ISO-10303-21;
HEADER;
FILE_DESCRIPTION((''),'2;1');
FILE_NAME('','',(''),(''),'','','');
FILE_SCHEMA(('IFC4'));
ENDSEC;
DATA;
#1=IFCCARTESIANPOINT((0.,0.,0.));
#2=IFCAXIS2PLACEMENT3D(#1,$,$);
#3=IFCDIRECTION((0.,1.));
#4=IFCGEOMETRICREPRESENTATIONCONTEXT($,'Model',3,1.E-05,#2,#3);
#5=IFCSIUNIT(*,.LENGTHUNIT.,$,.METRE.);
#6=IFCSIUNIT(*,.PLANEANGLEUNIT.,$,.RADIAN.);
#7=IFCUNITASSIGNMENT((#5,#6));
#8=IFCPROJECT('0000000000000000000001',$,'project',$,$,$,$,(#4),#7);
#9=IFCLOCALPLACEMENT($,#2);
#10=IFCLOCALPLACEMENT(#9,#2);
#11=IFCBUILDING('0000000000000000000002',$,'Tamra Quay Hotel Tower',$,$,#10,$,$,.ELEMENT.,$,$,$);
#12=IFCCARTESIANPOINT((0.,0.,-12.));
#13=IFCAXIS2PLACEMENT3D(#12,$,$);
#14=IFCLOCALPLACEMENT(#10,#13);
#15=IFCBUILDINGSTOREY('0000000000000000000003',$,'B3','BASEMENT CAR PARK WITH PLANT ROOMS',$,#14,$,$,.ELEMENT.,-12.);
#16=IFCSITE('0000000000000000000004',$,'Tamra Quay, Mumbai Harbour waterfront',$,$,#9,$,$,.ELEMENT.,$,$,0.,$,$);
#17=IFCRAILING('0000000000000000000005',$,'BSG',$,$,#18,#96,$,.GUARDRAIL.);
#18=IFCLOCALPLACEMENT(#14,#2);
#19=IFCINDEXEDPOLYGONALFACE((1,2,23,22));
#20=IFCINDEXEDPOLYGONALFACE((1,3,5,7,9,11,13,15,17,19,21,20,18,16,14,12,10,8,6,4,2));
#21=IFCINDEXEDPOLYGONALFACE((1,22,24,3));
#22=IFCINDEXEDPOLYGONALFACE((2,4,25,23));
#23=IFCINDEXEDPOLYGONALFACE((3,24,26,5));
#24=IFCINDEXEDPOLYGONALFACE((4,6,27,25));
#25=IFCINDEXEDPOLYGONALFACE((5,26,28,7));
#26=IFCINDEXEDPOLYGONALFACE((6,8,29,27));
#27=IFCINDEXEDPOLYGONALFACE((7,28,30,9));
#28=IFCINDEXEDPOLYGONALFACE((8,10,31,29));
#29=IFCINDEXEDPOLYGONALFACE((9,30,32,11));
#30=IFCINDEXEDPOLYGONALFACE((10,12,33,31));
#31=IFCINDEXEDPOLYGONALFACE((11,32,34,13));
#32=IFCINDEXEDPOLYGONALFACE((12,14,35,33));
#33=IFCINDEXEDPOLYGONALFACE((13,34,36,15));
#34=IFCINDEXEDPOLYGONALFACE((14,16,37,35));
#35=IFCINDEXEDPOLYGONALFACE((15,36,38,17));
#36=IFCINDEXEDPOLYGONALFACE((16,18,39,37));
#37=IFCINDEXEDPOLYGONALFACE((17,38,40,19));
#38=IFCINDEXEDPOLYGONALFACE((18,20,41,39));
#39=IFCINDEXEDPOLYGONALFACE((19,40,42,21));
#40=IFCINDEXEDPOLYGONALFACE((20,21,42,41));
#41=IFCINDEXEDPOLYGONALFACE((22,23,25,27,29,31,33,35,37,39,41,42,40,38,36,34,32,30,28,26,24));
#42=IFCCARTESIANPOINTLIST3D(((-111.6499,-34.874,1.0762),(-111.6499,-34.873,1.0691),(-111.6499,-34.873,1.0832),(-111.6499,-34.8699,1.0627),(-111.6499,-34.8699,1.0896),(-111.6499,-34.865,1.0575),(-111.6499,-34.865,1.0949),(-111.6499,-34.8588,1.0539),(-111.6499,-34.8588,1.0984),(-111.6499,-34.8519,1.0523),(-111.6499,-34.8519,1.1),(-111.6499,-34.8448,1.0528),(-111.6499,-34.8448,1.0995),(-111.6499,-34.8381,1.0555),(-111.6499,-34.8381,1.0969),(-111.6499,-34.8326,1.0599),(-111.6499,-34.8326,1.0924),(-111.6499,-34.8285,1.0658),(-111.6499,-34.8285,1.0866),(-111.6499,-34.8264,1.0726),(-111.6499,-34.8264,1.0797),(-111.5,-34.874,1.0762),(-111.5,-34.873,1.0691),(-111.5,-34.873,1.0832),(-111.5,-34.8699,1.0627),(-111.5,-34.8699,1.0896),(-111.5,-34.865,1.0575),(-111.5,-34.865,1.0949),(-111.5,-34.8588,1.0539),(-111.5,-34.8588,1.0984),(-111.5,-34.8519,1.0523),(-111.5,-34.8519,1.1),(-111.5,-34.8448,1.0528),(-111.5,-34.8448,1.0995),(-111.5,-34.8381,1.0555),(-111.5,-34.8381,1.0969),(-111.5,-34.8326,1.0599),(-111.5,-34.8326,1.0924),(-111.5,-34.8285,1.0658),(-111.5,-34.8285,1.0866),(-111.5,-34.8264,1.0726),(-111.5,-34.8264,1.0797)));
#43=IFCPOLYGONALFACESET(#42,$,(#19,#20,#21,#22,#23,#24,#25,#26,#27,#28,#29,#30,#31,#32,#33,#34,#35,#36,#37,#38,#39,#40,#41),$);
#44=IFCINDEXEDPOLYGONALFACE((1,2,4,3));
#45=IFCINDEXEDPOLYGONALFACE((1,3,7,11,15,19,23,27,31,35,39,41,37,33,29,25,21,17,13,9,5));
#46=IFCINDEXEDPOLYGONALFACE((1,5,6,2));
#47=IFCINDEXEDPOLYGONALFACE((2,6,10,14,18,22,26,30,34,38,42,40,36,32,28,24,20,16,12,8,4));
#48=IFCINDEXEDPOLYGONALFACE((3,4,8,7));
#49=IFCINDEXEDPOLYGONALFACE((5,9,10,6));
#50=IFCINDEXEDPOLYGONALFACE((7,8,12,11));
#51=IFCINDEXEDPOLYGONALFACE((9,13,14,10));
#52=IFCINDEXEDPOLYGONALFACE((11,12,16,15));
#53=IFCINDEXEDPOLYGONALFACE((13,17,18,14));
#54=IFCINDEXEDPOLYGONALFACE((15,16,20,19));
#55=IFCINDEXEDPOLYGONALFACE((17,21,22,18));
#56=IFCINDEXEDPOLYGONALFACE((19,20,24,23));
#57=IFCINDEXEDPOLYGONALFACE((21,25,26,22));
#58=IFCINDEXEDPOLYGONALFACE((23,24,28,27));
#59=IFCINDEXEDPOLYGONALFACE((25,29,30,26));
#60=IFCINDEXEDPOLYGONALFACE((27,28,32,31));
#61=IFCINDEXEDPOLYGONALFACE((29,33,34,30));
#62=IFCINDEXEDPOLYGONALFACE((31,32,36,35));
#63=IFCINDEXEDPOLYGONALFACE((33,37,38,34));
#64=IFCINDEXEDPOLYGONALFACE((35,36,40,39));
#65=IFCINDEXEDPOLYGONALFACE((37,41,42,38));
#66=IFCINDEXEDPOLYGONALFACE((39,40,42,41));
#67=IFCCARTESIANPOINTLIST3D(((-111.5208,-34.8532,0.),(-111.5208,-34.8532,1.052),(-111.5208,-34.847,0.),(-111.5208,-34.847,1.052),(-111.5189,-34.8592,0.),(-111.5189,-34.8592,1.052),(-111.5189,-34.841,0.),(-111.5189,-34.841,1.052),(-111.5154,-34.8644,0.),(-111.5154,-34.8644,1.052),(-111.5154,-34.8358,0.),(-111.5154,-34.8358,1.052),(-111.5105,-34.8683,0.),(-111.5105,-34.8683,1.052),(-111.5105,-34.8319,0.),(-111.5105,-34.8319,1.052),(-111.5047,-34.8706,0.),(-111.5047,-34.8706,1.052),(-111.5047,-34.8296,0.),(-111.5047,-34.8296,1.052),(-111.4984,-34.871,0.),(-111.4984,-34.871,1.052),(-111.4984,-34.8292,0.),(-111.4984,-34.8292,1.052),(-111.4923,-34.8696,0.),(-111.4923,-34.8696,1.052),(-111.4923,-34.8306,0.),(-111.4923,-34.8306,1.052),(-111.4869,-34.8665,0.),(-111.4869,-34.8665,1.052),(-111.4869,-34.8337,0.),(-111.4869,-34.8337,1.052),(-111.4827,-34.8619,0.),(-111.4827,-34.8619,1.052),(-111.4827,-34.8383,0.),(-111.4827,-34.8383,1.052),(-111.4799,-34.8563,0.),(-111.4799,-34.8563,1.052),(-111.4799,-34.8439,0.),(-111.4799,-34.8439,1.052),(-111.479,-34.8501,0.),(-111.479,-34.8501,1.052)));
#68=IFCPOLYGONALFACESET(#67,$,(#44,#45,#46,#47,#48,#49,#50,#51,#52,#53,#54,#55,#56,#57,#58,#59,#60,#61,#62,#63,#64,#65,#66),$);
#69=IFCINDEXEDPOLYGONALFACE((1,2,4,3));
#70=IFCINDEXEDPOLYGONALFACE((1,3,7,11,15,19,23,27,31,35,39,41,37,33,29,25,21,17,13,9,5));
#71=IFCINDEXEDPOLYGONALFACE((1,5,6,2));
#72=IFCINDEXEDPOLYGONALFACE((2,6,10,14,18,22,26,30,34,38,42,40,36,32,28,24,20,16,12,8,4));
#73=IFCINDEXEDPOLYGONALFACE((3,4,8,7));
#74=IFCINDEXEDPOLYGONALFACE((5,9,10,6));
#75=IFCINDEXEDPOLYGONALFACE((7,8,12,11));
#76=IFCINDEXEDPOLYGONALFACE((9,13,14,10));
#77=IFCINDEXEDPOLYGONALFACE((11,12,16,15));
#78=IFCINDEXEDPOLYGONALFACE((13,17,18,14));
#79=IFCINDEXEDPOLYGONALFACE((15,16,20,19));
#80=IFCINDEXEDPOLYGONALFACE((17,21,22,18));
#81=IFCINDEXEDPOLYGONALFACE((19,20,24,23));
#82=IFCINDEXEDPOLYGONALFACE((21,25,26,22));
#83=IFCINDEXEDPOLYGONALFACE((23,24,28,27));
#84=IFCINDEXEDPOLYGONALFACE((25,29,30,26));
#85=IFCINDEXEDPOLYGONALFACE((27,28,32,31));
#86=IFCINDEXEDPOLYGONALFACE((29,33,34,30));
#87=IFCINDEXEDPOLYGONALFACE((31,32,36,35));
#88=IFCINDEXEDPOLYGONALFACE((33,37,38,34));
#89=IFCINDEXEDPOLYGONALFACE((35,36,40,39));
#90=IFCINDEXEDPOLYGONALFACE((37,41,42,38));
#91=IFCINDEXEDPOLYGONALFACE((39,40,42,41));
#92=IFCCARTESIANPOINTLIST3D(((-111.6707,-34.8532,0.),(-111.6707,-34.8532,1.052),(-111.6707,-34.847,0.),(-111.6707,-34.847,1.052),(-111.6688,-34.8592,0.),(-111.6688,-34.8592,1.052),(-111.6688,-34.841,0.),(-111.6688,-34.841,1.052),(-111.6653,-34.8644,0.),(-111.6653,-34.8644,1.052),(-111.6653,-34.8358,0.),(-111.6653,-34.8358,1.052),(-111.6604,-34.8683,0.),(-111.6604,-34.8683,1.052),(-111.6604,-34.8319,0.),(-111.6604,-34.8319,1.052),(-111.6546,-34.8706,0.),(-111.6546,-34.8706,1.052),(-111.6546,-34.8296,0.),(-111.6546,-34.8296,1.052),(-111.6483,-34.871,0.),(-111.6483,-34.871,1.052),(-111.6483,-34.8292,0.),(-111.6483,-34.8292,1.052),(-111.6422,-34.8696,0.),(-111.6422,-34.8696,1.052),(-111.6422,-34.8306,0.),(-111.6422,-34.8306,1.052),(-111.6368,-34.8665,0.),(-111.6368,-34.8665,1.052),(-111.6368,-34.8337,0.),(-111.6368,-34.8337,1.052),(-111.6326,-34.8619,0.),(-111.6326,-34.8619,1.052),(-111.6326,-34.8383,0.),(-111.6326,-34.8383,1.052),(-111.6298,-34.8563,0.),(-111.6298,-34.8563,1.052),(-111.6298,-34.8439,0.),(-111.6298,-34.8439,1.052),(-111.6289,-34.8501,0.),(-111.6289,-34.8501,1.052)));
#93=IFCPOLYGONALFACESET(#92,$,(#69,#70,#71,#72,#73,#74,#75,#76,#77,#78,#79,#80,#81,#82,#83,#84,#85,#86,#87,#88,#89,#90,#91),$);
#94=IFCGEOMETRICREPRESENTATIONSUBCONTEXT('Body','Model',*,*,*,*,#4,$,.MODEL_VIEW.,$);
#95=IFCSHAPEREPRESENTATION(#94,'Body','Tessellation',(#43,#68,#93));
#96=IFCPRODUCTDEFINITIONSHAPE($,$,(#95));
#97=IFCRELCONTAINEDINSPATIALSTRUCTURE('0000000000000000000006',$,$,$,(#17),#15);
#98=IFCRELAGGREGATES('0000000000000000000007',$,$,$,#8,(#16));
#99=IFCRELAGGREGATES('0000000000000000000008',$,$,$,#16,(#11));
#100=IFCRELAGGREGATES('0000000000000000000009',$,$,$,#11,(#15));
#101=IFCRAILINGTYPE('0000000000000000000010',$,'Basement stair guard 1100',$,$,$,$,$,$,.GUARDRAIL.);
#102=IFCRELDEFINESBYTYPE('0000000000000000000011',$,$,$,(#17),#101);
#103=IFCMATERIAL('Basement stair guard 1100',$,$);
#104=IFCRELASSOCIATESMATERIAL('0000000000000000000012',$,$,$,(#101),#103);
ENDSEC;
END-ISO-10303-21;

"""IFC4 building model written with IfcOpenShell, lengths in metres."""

from ifc_helpers import new_model, si_unit, direction, frame, origin, origin_2d, place, context, subcontext, project, spatial, circle, extrude, material, type_object, element, save


model = new_model("IFC4")

# Units and contexts
model_context = context("Model", 3, precision=1e-05, world=origin(), true_north=direction((0.0, 1.0)))
body_context = subcontext(model_context, "Body", "Model", "MODEL_VIEW")
ifc_project = project(units=[si_unit("LENGTHUNIT", "METRE"), si_unit("PLANEANGLEUNIT", "RADIAN")], contexts=[model_context])

# Site, building, storey
site_placement = place(None, origin())
site = spatial("IfcSite", under=ifc_project, at=site_placement, Name="Tamra Quay, Mumbai Harbour waterfront", CompositionType="ELEMENT", RefElevation=0.0)
building_placement = place(site_placement, origin())
building = spatial("IfcBuilding", under=site, at=building_placement, Name="Tamra Quay Hotel Tower", CompositionType="ELEMENT")
storey_placement = place(building_placement, frame((0.0, 0.0, -12.0)))
storey = spatial("IfcBuildingStorey", under=building, at=storey_placement, Name="B3", Description="BASEMENT CAR PARK WITH PLANT ROOMS", CompositionType="ELEMENT", Elevation=-12.0)

# Railing
ifc_material_1 = material(Name="Basement stair guard 1100")
railing_type_1 = type_object("IfcRailingType", Name="Basement stair guard 1100", PredefinedType="GUARDRAIL", material=ifc_material_1)
railing_1_placement = place(storey_placement, frame((-111.5, -34.8501, 0.0)))
element("IfcRailing", 1, at=railing_1_placement, inside=storey, type_object=railing_type_1, Name="BSG", PredefinedType="GUARDRAIL", context=body_context, shape_type="SweptSolid", body=[
    extrude(circle(Radius=0.0239, at=origin_2d()), frame((0.0, 0.0, 1.0762), z_axis=(-1.0, 0.0, 0.0), x_axis=(0.0, -1.0, 0.0)), (0.0, 0.0, 1.0), 0.1499),
    extrude(circle(Radius=0.021, at=origin_2d()), origin(), (0.0, 0.0, 1.0), 1.052),
    extrude(circle(Radius=0.021, at=origin_2d()), frame((-0.1499, 0.0, 0.0)), (0.0, 0.0, 1.0), 1.052),
])

save(model, "model.ifc")
